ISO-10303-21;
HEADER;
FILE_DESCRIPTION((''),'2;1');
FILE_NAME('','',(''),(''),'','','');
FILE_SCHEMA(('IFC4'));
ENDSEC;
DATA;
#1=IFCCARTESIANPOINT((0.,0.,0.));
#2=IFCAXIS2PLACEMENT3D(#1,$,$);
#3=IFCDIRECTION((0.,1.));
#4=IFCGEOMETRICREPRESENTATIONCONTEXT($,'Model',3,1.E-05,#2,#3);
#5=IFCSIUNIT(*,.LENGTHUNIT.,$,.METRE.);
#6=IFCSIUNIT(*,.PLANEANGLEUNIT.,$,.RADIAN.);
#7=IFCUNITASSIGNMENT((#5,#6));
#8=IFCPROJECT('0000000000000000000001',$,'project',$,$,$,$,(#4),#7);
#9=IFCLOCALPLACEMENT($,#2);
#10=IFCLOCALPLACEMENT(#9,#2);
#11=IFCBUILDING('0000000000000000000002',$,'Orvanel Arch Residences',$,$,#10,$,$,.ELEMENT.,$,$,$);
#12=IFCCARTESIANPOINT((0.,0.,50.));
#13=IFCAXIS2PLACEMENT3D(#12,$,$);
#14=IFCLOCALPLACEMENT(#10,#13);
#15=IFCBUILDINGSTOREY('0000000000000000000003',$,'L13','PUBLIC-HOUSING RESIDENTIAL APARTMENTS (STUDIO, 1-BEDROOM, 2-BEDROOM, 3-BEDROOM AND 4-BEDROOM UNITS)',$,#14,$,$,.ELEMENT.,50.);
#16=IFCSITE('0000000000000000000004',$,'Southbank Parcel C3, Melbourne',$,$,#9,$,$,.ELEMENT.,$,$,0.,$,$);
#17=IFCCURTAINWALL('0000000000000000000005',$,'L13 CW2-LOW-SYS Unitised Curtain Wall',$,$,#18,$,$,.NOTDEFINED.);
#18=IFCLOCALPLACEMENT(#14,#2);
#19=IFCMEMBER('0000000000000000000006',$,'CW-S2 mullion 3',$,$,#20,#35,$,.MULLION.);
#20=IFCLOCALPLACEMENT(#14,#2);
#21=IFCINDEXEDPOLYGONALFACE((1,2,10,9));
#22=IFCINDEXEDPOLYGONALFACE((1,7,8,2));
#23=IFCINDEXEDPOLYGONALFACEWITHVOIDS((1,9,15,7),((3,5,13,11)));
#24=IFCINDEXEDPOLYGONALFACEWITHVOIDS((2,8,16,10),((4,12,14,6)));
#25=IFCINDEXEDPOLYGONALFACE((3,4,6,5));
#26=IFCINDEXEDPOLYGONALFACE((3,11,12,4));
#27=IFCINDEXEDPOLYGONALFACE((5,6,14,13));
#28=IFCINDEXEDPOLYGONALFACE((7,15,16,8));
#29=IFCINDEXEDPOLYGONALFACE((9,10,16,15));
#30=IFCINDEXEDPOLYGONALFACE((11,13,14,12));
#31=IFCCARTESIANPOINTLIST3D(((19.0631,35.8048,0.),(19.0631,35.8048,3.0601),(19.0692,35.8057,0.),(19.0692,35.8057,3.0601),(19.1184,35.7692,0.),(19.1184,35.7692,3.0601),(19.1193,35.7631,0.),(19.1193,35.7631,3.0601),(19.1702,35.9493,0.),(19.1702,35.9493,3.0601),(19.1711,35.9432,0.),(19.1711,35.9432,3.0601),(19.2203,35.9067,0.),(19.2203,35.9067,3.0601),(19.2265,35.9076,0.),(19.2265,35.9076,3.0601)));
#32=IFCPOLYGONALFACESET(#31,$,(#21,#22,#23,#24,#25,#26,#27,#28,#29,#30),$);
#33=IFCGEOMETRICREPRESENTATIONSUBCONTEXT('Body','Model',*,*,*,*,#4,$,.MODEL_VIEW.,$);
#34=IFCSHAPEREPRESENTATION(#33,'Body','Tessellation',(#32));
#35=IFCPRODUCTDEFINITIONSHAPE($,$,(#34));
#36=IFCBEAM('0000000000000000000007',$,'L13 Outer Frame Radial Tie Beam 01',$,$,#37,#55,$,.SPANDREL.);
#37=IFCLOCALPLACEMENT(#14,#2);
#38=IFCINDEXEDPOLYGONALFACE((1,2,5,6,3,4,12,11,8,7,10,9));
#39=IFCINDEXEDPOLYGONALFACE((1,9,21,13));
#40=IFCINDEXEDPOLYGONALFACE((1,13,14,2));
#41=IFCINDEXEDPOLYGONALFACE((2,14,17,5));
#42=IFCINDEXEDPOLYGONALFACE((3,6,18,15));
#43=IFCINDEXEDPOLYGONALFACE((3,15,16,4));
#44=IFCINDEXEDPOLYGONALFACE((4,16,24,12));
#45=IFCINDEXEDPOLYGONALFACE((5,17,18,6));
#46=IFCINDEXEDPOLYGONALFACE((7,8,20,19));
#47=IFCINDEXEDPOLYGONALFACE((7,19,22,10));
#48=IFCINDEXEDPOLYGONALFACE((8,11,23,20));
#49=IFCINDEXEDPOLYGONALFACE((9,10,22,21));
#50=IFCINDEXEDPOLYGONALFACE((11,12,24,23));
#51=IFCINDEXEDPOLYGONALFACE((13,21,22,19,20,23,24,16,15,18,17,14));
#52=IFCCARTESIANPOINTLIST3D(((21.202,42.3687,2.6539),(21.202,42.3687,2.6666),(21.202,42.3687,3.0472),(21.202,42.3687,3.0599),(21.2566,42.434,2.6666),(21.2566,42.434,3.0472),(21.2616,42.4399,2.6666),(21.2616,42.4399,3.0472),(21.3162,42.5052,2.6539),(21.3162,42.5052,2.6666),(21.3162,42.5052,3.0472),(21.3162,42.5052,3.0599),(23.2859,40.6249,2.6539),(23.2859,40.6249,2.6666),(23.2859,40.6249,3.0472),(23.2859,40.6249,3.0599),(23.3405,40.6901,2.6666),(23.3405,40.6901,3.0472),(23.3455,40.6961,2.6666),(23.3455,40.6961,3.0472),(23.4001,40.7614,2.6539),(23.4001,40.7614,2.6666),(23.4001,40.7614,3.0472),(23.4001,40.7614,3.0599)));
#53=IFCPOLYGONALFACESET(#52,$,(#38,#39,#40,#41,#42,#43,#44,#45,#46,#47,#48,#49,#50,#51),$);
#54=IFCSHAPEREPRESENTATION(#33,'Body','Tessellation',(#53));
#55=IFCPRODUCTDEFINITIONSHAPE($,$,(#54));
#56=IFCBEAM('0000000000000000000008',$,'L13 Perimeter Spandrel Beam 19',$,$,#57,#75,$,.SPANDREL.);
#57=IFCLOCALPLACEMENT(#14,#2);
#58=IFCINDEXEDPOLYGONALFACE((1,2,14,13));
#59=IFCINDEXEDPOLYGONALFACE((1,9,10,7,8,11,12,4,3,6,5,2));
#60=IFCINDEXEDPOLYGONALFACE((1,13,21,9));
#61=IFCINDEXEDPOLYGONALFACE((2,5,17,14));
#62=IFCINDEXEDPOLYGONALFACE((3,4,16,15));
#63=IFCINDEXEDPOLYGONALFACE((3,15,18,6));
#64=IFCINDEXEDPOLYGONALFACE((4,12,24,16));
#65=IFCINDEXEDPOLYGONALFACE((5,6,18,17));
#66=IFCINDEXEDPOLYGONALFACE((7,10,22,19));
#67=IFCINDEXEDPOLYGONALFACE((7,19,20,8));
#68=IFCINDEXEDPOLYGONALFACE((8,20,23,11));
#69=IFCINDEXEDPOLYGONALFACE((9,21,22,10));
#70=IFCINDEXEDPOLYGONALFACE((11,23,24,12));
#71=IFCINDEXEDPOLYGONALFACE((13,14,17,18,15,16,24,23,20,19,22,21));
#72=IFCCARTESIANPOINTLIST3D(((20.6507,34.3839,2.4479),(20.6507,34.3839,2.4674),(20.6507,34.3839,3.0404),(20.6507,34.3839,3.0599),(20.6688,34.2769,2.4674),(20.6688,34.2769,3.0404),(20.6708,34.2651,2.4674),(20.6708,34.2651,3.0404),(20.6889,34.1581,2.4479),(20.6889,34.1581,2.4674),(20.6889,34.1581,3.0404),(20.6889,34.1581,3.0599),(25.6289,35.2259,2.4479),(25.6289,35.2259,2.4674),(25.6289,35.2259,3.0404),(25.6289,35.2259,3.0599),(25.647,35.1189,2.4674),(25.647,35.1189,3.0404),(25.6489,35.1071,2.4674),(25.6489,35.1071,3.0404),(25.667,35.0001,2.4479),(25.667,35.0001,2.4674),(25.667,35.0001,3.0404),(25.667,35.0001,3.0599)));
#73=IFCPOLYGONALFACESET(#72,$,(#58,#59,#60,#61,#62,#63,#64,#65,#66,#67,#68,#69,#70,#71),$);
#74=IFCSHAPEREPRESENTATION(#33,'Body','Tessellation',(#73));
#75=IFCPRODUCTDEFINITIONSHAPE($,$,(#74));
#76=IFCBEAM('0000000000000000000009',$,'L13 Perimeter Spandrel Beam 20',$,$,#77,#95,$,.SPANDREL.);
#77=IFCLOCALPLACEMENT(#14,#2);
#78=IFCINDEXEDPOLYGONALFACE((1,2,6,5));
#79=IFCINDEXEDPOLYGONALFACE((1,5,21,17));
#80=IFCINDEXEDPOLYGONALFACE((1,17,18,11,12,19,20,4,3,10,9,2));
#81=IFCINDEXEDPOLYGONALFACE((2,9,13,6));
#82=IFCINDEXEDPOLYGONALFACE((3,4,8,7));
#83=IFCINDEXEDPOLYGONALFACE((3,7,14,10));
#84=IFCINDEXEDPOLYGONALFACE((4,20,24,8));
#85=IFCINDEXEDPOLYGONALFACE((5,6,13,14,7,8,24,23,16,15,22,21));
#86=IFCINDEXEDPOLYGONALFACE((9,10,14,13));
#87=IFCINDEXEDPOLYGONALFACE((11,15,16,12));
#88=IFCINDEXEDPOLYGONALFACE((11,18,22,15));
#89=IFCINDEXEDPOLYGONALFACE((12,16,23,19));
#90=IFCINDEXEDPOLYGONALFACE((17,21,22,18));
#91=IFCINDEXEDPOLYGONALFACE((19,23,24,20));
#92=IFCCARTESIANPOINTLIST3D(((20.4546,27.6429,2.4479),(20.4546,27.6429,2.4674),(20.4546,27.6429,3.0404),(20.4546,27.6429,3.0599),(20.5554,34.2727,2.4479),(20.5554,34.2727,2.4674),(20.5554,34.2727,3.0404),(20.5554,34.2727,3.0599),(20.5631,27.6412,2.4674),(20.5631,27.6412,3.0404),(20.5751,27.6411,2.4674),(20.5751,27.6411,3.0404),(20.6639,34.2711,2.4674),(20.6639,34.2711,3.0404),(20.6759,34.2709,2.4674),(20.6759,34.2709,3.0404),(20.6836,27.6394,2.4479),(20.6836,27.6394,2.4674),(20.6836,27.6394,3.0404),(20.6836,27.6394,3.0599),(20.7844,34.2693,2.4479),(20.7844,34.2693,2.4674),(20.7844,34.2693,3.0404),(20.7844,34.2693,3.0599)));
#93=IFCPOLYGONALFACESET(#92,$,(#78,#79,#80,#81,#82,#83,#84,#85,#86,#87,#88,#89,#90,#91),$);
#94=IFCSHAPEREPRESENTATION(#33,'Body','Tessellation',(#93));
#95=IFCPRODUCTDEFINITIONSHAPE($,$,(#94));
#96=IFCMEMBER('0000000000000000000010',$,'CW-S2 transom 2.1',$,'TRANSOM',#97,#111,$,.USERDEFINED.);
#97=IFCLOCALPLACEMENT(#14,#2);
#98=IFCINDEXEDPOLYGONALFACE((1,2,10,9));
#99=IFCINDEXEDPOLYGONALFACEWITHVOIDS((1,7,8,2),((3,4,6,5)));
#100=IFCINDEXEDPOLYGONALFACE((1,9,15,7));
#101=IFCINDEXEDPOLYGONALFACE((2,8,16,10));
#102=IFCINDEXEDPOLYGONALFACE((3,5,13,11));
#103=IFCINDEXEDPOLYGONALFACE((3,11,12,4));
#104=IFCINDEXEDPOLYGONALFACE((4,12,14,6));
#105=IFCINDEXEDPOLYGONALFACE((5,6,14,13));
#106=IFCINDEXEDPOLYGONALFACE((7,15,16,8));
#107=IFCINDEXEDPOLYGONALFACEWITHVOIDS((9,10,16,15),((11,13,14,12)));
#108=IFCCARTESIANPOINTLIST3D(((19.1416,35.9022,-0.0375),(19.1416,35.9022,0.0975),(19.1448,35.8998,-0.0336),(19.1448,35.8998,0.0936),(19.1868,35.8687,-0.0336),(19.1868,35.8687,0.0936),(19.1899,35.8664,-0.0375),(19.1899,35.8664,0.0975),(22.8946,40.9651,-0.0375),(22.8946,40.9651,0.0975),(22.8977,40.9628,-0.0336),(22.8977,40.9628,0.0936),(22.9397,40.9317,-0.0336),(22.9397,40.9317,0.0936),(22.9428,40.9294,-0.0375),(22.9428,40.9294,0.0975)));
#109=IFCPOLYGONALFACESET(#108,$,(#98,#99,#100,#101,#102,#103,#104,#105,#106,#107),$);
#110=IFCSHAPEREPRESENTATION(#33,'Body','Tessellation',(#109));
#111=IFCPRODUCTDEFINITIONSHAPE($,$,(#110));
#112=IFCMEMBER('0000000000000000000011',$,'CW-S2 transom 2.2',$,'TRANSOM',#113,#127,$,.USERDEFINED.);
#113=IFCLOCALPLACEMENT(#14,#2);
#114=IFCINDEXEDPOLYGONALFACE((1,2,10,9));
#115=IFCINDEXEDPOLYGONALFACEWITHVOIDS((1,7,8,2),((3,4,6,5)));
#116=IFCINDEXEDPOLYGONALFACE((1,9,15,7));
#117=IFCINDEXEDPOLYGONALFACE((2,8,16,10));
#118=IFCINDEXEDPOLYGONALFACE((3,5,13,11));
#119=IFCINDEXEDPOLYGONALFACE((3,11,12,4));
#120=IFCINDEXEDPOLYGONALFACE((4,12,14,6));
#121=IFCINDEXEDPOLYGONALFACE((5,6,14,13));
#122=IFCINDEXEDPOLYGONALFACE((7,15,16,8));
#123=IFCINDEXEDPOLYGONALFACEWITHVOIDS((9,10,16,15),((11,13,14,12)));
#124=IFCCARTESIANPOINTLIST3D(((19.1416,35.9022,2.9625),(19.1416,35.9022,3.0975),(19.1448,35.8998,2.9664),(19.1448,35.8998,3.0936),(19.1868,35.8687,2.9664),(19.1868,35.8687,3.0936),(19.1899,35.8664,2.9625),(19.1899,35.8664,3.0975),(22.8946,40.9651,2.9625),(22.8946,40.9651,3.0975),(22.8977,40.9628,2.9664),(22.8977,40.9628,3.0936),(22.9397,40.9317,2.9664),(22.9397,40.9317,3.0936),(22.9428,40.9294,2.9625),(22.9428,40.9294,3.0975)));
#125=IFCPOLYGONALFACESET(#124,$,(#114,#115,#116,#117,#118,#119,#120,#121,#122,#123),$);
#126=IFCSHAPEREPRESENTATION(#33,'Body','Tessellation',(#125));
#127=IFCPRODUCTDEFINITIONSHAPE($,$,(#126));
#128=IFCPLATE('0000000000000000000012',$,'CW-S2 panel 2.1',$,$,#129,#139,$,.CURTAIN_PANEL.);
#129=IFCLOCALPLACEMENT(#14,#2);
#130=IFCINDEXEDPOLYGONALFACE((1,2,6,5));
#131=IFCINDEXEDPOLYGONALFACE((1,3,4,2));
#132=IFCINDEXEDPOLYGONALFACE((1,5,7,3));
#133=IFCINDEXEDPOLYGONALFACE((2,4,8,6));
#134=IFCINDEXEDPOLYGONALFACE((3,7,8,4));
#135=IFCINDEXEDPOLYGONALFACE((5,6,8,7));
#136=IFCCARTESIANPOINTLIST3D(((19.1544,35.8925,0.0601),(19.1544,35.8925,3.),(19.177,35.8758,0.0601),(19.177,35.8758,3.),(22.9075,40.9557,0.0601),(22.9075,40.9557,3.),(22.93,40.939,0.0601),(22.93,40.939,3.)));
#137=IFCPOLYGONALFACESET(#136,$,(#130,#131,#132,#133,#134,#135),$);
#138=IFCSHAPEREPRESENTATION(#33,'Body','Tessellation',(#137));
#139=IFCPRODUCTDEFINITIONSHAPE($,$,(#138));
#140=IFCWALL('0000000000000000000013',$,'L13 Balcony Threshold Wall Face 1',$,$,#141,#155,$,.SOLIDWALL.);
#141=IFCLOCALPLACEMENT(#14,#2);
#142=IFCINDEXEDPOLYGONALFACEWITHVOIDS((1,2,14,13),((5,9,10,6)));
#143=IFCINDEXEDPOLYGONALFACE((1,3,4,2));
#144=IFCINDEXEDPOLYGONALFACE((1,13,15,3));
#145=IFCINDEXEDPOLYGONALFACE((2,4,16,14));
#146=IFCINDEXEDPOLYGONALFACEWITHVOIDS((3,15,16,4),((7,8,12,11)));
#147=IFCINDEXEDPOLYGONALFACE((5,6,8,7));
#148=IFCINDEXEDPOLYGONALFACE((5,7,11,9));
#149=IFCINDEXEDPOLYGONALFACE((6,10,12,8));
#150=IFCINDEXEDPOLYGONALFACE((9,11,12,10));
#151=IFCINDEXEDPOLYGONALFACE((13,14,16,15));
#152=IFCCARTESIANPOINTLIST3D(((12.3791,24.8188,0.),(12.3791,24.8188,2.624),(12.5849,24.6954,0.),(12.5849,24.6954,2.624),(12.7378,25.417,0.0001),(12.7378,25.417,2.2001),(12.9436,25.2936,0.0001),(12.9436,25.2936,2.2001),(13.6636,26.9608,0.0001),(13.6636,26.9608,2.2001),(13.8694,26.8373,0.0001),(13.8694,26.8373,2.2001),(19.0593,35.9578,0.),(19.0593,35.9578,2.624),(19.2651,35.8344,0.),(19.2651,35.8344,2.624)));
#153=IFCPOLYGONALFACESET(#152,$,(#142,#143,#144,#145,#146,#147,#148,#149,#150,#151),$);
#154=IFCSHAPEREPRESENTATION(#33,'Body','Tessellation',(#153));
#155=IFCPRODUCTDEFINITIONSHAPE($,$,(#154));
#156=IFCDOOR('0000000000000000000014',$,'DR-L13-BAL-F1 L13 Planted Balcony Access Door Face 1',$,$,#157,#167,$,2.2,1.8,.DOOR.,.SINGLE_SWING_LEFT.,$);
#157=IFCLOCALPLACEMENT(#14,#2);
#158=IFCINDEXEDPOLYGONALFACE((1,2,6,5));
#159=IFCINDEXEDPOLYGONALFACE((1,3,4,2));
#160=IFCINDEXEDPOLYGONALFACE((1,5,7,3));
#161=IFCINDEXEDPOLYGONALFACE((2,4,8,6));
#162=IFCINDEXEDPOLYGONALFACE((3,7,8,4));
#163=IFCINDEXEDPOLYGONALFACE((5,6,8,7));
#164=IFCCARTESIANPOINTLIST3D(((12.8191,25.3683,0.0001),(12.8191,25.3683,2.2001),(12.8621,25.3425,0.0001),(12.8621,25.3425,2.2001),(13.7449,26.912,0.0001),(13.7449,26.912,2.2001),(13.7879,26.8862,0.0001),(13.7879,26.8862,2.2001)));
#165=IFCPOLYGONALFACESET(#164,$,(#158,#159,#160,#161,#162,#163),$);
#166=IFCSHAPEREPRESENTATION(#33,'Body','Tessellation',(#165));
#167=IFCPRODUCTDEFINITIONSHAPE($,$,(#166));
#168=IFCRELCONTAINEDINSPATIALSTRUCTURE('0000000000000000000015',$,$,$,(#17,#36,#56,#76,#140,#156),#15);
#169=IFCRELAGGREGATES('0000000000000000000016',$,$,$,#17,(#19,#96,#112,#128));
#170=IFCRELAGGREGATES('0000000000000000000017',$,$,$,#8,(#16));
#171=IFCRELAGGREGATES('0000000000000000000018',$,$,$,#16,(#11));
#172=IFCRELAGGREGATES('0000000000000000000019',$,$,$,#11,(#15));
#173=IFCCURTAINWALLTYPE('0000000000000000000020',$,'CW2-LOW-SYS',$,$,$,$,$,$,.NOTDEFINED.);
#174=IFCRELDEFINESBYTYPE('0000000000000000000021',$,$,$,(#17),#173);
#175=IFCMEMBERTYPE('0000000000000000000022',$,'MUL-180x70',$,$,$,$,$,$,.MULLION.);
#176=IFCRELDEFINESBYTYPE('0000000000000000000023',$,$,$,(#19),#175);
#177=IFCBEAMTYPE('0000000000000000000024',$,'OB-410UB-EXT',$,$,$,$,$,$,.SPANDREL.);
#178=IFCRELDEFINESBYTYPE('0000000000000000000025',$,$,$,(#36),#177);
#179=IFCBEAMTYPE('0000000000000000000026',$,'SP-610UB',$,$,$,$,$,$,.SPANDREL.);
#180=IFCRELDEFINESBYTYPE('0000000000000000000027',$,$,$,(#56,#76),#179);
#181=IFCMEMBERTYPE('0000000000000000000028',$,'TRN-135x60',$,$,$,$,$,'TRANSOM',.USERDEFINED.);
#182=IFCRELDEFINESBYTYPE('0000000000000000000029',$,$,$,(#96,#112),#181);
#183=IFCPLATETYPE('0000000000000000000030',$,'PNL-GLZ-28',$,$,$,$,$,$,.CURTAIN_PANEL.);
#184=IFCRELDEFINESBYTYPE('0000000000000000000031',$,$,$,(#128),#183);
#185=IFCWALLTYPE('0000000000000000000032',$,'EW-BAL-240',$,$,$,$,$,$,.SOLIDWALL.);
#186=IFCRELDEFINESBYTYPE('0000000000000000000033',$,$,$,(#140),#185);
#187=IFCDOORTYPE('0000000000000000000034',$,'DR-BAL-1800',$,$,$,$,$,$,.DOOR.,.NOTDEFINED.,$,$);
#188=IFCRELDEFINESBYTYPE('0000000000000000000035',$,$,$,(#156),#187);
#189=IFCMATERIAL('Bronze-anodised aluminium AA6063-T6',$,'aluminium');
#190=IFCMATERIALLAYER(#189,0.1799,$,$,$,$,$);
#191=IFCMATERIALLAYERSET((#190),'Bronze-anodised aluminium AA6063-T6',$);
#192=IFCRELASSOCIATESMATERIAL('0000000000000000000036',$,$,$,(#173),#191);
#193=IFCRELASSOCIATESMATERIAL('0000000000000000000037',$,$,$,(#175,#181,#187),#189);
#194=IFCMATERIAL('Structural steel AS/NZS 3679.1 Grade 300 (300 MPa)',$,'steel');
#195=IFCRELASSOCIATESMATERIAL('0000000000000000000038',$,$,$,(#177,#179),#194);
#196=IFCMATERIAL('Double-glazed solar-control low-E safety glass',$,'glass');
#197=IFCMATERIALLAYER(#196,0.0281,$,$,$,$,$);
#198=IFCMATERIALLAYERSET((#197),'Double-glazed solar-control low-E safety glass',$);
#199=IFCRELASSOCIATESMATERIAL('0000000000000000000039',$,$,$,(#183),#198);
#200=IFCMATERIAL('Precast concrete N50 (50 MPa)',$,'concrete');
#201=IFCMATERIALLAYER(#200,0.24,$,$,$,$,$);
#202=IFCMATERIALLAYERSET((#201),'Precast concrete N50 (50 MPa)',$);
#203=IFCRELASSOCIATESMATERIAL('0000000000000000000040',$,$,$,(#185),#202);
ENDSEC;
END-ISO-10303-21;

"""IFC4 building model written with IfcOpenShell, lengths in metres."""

from ifc_helpers import new_model, si_unit, direction, frame, frame_2d, origin, origin_2d, place, context, subcontext, project, spatial, rectangle, hollow_rectangle, i_section, extrude, material, layer, layer_set, material_profile, profile_set, type_object, element, fill, aggregate, save


model = new_model("IFC4")

# Units and contexts
model_context = context("Model", 3, precision=1e-05, world=origin(), true_north=direction((0.0, 1.0)))
body_context = subcontext(model_context, "Body", "Model", "MODEL_VIEW")
ifc_project = project(units=[si_unit("LENGTHUNIT", "METRE"), si_unit("PLANEANGLEUNIT", "RADIAN")], contexts=[model_context])

# Site, building, storey
site_placement = place(None, origin())
site = spatial("IfcSite", under=ifc_project, at=site_placement, Name="Southbank Parcel C3, Melbourne", CompositionType="ELEMENT", RefElevation=0.0)
building_placement = place(site_placement, origin())
building = spatial("IfcBuilding", under=site, at=building_placement, Name="Orvanel Arch Residences", CompositionType="ELEMENT")
storey_placement = place(building_placement, frame((0.0, 0.0, 50.0)))
storey = spatial("IfcBuildingStorey", under=building, at=storey_placement, Name="L13", Description="PUBLIC-HOUSING RESIDENTIAL APARTMENTS (STUDIO, 1-BEDROOM, 2-BEDROOM, 3-BEDROOM AND 4-BEDROOM UNITS)", CompositionType="ELEMENT", Elevation=50.0)

# Shared definitions
ifc_material_1 = material(Name="Structural steel AS/NZS 3679.1 Grade 300 (300 MPa)", Category="steel")

# Curtain wall, member
ifc_material_2 = material(Name="Bronze-anodised aluminium AA6063-T6", Category="aluminium")
ifc_layer_1 = layer(ifc_material_2, 0.1799)
ifc_layer_set_1 = layer_set([ifc_layer_1], Name="Bronze-anodised aluminium AA6063-T6")
curtain_wall_type = type_object("IfcCurtainWallType", Name="CW2-LOW-SYS", PredefinedType="NOTDEFINED", material=ifc_layer_set_1)
curtain_wall_placement = place(storey_placement, origin())
curtain_wall = element("IfcCurtainWall", 1, at=curtain_wall_placement, inside=storey, type_object=curtain_wall_type, Name="L13 CW2-LOW-SYS Unitised Curtain Wall", PredefinedType="NOTDEFINED")
ifc_material_profile_1 = material_profile(ifc_material_2, hollow_rectangle(XDim=0.0701, YDim=0.1799, WallThickness=0.0044, at=origin_2d()), Name="ALU180x70x4.5")
ifc_profile_set_1 = profile_set([ifc_material_profile_1], Name="Bronze-anodised aluminium AA6063-T6")
member_type_1 = type_object("IfcMemberType", Name="MUL-180x70", PredefinedType="MULLION", material=ifc_profile_set_1)
member_1_placement = place(storey_placement, frame((19.1448, 35.8562, 0.0), z_axis=(0.0, 0.0, 1.0), x_axis=(0.803368, -0.595483, 0.0)))
member_1 = element("IfcMember", 2, at=member_1_placement, type_object=member_type_1, Name="CW-S2 mullion 3", PredefinedType="MULLION", context=body_context, shape_type="SweptSolid", body=[
    extrude(hollow_rectangle(XDim=0.0701, YDim=0.1799, WallThickness=0.0044, at=origin_2d()), origin(), (0.0, 0.0, 1.0), 3.0601),
])

# Beams
ifc_material_profile_2 = material_profile(ifc_material_1, i_section(OverallWidth=0.178, OverallDepth=0.406, WebThickness=0.0078, FlangeThickness=0.0127, at=origin_2d()), Name="410UB59.7")
ifc_profile_set_2 = profile_set([ifc_material_profile_2], Name="Structural steel AS/NZS 3679.1 Grade 300 (300 MPa)")
beam_type_1 = type_object("IfcBeamType", Name="OB-410UB-EXT", PredefinedType="SPANDREL", material=ifc_profile_set_2)
beam_1_placement = place(storey_placement, frame((23.343, 40.6931, 2.8569), z_axis=(-0.766909, 0.641756, 0.0), x_axis=(-0.641756, -0.766909, 0.0)))
element("IfcBeam", 3, at=beam_1_placement, inside=storey, type_object=beam_type_1, Name="L13 Outer Frame Radial Tie Beam 01", PredefinedType="SPANDREL", context=body_context, shape_type="SweptSolid", body=[
    extrude(i_section(OverallWidth=0.178, OverallDepth=0.406, WebThickness=0.0078, FlangeThickness=0.0127, at=origin_2d()), origin(), (0.0, 0.0, 1.0), 2.7173),
])
ifc_material_profile_3 = material_profile(ifc_material_1, i_section(OverallWidth=0.229, OverallDepth=0.6121, WebThickness=0.012, FlangeThickness=0.0195, at=origin_2d()), Name="610UB125")
ifc_profile_set_3 = profile_set([ifc_material_profile_3], Name="Structural steel AS/NZS 3679.1 Grade 300 (300 MPa)")
beam_type_2 = type_object("IfcBeamType", Name="SP-610UB", PredefinedType="SPANDREL", material=ifc_profile_set_3)
beam_2_placement = place(storey_placement, frame((25.6479, 35.113, 2.7539), z_axis=(-0.985994, -0.166782, 0.0), x_axis=(0.166782, -0.985994, 0.0)))
element("IfcBeam", 4, at=beam_2_placement, inside=storey, type_object=beam_type_2, Name="L13 Perimeter Spandrel Beam 19", PredefinedType="SPANDREL", context=body_context, shape_type="SweptSolid", body=[
    extrude(i_section(OverallWidth=0.229, OverallDepth=0.6121, WebThickness=0.012, FlangeThickness=0.0195, at=origin_2d()), origin(), (0.0, 0.0, 1.0), 5.0488),
])
beam_3_placement = place(storey_placement, frame((20.6699, 34.271, 2.7539), z_axis=(-0.015207, -0.999884, 0.0), x_axis=(0.999884, -0.015207, 0.0)))
element("IfcBeam", 5, at=beam_3_placement, inside=storey, type_object=beam_type_2, Name="L13 Perimeter Spandrel Beam 20", PredefinedType="SPANDREL", context=body_context, shape_type="SweptSolid", body=[
    extrude(i_section(OverallWidth=0.229, OverallDepth=0.6121, WebThickness=0.012, FlangeThickness=0.0195, at=origin_2d()), origin(), (0.0, 0.0, 1.0), 6.6306),
])

# Members
ifc_material_profile_4 = material_profile(ifc_material_2, hollow_rectangle(XDim=0.0601, YDim=0.135, WallThickness=0.0039, at=origin_2d()), Name="ALU135x60x4")
ifc_profile_set_4 = profile_set([ifc_material_profile_4], Name="Bronze-anodised aluminium AA6063-T6")
member_type_2 = type_object("IfcMemberType", Name="TRN-135x60", ElementType="TRANSOM", PredefinedType="USERDEFINED", material=ifc_profile_set_4)
member_2_placement = place(storey_placement, frame((22.9187, 40.9473, 0.03), z_axis=(-0.595491, -0.803362, 0.0), x_axis=(0.803362, -0.595491, 0.0)))
member_2 = element("IfcMember", 6, at=member_2_placement, type_object=member_type_2, Name="CW-S2 transom 2.1", ObjectType="TRANSOM", PredefinedType="USERDEFINED", context=body_context, shape_type="SweptSolid", body=[
    extrude(hollow_rectangle(XDim=0.0601, YDim=0.135, WallThickness=0.0039, at=origin_2d()), origin(), (0.0, 0.0, 1.0), 6.3022),
])
member_3_placement = place(storey_placement, frame((22.9187, 40.9473, 3.03), z_axis=(-0.595491, -0.803362, 0.0), x_axis=(0.803362, -0.595491, 0.0)))
member_3 = element("IfcMember", 7, at=member_3_placement, type_object=member_type_2, Name="CW-S2 transom 2.2", ObjectType="TRANSOM", PredefinedType="USERDEFINED", context=body_context, shape_type="SweptSolid", body=[
    extrude(hollow_rectangle(XDim=0.0601, YDim=0.135, WallThickness=0.0039, at=origin_2d()), origin(), (0.0, 0.0, 1.0), 6.3022),
])

# Plate
ifc_material_3 = material(Name="Double-glazed solar-control low-E safety glass", Category="glass")
ifc_layer_2 = layer(ifc_material_3, 0.0281)
ifc_layer_set_2 = layer_set([ifc_layer_2], Name="Double-glazed solar-control low-E safety glass")
plate_type = type_object("IfcPlateType", Name="PNL-GLZ-28", PredefinedType="CURTAIN_PANEL", material=ifc_layer_set_2)
plate_placement = place(storey_placement, frame((21.0422, 38.4158, 0.0601), z_axis=(0.0, 0.0, 1.0), x_axis=(-0.595483, -0.803368, 0.0)))
plate = element("IfcPlate", 8, at=plate_placement, type_object=plate_type, Name="CW-S2 panel 2.1", PredefinedType="CURTAIN_PANEL", context=body_context, shape_type="SweptSolid", body=[
    extrude(rectangle(XDim=6.3025, YDim=0.0281, at=origin_2d()), origin(), (0.0, 0.0, 1.0), 2.9399),
])
aggregate(curtain_wall, [member_1, member_2, member_3, plate])

# Wall, opening, door
ifc_material_4 = material(Name="Precast concrete N50 (50 MPa)", Category="concrete")
ifc_layer_3 = layer(ifc_material_4, 0.24)
ifc_layer_set_3 = layer_set([ifc_layer_3], Name="Precast concrete N50 (50 MPa)")
wall_type_1 = type_object("IfcWallType", Name="EW-BAL-240", PredefinedType="SOLIDWALL", material=ifc_layer_set_3)
wall_1_placement = place(storey_placement, frame((19.1621, 35.896, 0.0), z_axis=(0.0, 0.0, 1.0), x_axis=(-0.514316, -0.857601, 0.0)))
wall_1 = element("IfcWall", 9, at=wall_1_placement, inside=storey, type_object=wall_type_1, Name="L13 Balcony Threshold Wall Face 1", PredefinedType="SOLIDWALL", context=body_context, shape_type="SweptSolid", body=[
    extrude(rectangle(XDim=12.9885, YDim=0.24, at=frame_2d((6.4941, 0.0))), origin(), (0.0, 0.0, 1.0), 2.624),
])
opening_1_placement = place(wall_1_placement, frame((10.491, 0.0, 0.0)))
opening_1 = element("IfcOpeningElement", 10, at=opening_1_placement, cuts=wall_1, PredefinedType="OPENING", context=body_context, shape_type="SweptSolid", body=[
    extrude(rectangle(XDim=1.8, YDim=2.2, at=frame_2d((0.8999, 1.1001))), frame((0.0, 0.1299, 0.0), z_axis=(0.0, -1.0, 0.0), x_axis=(1.0, 0.0, 0.0)), (0.0, 0.0, 1.0), 0.26),
])
door_type_1 = type_object("IfcDoorType", Name="DR-BAL-1800", OperationType="NOTDEFINED", PredefinedType="DOOR", material=ifc_material_2)
door_1_placement = place(opening_1_placement, origin())
door_1 = element("IfcDoor", 11, at=door_1_placement, inside=storey, type_object=door_type_1, Name="DR-L13-BAL-F1 L13 Planted Balcony Access Door Face 1", OperationType="SINGLE_SWING_LEFT", OverallHeight=2.2, OverallWidth=1.8, PredefinedType="DOOR", context=body_context, shape_type="SweptSolid", body=[
    extrude(rectangle(XDim=1.8, YDim=2.2, at=frame_2d((0.8999, 1.1001))), frame((0.0, 0.0249, 0.0), z_axis=(0.0, -1.0, 0.0), x_axis=(1.0, 0.0, 0.0)), (0.0, 0.0, 1.0), 0.05),
])
fill(opening_1, door_1)

save(model, "model.ifc")
